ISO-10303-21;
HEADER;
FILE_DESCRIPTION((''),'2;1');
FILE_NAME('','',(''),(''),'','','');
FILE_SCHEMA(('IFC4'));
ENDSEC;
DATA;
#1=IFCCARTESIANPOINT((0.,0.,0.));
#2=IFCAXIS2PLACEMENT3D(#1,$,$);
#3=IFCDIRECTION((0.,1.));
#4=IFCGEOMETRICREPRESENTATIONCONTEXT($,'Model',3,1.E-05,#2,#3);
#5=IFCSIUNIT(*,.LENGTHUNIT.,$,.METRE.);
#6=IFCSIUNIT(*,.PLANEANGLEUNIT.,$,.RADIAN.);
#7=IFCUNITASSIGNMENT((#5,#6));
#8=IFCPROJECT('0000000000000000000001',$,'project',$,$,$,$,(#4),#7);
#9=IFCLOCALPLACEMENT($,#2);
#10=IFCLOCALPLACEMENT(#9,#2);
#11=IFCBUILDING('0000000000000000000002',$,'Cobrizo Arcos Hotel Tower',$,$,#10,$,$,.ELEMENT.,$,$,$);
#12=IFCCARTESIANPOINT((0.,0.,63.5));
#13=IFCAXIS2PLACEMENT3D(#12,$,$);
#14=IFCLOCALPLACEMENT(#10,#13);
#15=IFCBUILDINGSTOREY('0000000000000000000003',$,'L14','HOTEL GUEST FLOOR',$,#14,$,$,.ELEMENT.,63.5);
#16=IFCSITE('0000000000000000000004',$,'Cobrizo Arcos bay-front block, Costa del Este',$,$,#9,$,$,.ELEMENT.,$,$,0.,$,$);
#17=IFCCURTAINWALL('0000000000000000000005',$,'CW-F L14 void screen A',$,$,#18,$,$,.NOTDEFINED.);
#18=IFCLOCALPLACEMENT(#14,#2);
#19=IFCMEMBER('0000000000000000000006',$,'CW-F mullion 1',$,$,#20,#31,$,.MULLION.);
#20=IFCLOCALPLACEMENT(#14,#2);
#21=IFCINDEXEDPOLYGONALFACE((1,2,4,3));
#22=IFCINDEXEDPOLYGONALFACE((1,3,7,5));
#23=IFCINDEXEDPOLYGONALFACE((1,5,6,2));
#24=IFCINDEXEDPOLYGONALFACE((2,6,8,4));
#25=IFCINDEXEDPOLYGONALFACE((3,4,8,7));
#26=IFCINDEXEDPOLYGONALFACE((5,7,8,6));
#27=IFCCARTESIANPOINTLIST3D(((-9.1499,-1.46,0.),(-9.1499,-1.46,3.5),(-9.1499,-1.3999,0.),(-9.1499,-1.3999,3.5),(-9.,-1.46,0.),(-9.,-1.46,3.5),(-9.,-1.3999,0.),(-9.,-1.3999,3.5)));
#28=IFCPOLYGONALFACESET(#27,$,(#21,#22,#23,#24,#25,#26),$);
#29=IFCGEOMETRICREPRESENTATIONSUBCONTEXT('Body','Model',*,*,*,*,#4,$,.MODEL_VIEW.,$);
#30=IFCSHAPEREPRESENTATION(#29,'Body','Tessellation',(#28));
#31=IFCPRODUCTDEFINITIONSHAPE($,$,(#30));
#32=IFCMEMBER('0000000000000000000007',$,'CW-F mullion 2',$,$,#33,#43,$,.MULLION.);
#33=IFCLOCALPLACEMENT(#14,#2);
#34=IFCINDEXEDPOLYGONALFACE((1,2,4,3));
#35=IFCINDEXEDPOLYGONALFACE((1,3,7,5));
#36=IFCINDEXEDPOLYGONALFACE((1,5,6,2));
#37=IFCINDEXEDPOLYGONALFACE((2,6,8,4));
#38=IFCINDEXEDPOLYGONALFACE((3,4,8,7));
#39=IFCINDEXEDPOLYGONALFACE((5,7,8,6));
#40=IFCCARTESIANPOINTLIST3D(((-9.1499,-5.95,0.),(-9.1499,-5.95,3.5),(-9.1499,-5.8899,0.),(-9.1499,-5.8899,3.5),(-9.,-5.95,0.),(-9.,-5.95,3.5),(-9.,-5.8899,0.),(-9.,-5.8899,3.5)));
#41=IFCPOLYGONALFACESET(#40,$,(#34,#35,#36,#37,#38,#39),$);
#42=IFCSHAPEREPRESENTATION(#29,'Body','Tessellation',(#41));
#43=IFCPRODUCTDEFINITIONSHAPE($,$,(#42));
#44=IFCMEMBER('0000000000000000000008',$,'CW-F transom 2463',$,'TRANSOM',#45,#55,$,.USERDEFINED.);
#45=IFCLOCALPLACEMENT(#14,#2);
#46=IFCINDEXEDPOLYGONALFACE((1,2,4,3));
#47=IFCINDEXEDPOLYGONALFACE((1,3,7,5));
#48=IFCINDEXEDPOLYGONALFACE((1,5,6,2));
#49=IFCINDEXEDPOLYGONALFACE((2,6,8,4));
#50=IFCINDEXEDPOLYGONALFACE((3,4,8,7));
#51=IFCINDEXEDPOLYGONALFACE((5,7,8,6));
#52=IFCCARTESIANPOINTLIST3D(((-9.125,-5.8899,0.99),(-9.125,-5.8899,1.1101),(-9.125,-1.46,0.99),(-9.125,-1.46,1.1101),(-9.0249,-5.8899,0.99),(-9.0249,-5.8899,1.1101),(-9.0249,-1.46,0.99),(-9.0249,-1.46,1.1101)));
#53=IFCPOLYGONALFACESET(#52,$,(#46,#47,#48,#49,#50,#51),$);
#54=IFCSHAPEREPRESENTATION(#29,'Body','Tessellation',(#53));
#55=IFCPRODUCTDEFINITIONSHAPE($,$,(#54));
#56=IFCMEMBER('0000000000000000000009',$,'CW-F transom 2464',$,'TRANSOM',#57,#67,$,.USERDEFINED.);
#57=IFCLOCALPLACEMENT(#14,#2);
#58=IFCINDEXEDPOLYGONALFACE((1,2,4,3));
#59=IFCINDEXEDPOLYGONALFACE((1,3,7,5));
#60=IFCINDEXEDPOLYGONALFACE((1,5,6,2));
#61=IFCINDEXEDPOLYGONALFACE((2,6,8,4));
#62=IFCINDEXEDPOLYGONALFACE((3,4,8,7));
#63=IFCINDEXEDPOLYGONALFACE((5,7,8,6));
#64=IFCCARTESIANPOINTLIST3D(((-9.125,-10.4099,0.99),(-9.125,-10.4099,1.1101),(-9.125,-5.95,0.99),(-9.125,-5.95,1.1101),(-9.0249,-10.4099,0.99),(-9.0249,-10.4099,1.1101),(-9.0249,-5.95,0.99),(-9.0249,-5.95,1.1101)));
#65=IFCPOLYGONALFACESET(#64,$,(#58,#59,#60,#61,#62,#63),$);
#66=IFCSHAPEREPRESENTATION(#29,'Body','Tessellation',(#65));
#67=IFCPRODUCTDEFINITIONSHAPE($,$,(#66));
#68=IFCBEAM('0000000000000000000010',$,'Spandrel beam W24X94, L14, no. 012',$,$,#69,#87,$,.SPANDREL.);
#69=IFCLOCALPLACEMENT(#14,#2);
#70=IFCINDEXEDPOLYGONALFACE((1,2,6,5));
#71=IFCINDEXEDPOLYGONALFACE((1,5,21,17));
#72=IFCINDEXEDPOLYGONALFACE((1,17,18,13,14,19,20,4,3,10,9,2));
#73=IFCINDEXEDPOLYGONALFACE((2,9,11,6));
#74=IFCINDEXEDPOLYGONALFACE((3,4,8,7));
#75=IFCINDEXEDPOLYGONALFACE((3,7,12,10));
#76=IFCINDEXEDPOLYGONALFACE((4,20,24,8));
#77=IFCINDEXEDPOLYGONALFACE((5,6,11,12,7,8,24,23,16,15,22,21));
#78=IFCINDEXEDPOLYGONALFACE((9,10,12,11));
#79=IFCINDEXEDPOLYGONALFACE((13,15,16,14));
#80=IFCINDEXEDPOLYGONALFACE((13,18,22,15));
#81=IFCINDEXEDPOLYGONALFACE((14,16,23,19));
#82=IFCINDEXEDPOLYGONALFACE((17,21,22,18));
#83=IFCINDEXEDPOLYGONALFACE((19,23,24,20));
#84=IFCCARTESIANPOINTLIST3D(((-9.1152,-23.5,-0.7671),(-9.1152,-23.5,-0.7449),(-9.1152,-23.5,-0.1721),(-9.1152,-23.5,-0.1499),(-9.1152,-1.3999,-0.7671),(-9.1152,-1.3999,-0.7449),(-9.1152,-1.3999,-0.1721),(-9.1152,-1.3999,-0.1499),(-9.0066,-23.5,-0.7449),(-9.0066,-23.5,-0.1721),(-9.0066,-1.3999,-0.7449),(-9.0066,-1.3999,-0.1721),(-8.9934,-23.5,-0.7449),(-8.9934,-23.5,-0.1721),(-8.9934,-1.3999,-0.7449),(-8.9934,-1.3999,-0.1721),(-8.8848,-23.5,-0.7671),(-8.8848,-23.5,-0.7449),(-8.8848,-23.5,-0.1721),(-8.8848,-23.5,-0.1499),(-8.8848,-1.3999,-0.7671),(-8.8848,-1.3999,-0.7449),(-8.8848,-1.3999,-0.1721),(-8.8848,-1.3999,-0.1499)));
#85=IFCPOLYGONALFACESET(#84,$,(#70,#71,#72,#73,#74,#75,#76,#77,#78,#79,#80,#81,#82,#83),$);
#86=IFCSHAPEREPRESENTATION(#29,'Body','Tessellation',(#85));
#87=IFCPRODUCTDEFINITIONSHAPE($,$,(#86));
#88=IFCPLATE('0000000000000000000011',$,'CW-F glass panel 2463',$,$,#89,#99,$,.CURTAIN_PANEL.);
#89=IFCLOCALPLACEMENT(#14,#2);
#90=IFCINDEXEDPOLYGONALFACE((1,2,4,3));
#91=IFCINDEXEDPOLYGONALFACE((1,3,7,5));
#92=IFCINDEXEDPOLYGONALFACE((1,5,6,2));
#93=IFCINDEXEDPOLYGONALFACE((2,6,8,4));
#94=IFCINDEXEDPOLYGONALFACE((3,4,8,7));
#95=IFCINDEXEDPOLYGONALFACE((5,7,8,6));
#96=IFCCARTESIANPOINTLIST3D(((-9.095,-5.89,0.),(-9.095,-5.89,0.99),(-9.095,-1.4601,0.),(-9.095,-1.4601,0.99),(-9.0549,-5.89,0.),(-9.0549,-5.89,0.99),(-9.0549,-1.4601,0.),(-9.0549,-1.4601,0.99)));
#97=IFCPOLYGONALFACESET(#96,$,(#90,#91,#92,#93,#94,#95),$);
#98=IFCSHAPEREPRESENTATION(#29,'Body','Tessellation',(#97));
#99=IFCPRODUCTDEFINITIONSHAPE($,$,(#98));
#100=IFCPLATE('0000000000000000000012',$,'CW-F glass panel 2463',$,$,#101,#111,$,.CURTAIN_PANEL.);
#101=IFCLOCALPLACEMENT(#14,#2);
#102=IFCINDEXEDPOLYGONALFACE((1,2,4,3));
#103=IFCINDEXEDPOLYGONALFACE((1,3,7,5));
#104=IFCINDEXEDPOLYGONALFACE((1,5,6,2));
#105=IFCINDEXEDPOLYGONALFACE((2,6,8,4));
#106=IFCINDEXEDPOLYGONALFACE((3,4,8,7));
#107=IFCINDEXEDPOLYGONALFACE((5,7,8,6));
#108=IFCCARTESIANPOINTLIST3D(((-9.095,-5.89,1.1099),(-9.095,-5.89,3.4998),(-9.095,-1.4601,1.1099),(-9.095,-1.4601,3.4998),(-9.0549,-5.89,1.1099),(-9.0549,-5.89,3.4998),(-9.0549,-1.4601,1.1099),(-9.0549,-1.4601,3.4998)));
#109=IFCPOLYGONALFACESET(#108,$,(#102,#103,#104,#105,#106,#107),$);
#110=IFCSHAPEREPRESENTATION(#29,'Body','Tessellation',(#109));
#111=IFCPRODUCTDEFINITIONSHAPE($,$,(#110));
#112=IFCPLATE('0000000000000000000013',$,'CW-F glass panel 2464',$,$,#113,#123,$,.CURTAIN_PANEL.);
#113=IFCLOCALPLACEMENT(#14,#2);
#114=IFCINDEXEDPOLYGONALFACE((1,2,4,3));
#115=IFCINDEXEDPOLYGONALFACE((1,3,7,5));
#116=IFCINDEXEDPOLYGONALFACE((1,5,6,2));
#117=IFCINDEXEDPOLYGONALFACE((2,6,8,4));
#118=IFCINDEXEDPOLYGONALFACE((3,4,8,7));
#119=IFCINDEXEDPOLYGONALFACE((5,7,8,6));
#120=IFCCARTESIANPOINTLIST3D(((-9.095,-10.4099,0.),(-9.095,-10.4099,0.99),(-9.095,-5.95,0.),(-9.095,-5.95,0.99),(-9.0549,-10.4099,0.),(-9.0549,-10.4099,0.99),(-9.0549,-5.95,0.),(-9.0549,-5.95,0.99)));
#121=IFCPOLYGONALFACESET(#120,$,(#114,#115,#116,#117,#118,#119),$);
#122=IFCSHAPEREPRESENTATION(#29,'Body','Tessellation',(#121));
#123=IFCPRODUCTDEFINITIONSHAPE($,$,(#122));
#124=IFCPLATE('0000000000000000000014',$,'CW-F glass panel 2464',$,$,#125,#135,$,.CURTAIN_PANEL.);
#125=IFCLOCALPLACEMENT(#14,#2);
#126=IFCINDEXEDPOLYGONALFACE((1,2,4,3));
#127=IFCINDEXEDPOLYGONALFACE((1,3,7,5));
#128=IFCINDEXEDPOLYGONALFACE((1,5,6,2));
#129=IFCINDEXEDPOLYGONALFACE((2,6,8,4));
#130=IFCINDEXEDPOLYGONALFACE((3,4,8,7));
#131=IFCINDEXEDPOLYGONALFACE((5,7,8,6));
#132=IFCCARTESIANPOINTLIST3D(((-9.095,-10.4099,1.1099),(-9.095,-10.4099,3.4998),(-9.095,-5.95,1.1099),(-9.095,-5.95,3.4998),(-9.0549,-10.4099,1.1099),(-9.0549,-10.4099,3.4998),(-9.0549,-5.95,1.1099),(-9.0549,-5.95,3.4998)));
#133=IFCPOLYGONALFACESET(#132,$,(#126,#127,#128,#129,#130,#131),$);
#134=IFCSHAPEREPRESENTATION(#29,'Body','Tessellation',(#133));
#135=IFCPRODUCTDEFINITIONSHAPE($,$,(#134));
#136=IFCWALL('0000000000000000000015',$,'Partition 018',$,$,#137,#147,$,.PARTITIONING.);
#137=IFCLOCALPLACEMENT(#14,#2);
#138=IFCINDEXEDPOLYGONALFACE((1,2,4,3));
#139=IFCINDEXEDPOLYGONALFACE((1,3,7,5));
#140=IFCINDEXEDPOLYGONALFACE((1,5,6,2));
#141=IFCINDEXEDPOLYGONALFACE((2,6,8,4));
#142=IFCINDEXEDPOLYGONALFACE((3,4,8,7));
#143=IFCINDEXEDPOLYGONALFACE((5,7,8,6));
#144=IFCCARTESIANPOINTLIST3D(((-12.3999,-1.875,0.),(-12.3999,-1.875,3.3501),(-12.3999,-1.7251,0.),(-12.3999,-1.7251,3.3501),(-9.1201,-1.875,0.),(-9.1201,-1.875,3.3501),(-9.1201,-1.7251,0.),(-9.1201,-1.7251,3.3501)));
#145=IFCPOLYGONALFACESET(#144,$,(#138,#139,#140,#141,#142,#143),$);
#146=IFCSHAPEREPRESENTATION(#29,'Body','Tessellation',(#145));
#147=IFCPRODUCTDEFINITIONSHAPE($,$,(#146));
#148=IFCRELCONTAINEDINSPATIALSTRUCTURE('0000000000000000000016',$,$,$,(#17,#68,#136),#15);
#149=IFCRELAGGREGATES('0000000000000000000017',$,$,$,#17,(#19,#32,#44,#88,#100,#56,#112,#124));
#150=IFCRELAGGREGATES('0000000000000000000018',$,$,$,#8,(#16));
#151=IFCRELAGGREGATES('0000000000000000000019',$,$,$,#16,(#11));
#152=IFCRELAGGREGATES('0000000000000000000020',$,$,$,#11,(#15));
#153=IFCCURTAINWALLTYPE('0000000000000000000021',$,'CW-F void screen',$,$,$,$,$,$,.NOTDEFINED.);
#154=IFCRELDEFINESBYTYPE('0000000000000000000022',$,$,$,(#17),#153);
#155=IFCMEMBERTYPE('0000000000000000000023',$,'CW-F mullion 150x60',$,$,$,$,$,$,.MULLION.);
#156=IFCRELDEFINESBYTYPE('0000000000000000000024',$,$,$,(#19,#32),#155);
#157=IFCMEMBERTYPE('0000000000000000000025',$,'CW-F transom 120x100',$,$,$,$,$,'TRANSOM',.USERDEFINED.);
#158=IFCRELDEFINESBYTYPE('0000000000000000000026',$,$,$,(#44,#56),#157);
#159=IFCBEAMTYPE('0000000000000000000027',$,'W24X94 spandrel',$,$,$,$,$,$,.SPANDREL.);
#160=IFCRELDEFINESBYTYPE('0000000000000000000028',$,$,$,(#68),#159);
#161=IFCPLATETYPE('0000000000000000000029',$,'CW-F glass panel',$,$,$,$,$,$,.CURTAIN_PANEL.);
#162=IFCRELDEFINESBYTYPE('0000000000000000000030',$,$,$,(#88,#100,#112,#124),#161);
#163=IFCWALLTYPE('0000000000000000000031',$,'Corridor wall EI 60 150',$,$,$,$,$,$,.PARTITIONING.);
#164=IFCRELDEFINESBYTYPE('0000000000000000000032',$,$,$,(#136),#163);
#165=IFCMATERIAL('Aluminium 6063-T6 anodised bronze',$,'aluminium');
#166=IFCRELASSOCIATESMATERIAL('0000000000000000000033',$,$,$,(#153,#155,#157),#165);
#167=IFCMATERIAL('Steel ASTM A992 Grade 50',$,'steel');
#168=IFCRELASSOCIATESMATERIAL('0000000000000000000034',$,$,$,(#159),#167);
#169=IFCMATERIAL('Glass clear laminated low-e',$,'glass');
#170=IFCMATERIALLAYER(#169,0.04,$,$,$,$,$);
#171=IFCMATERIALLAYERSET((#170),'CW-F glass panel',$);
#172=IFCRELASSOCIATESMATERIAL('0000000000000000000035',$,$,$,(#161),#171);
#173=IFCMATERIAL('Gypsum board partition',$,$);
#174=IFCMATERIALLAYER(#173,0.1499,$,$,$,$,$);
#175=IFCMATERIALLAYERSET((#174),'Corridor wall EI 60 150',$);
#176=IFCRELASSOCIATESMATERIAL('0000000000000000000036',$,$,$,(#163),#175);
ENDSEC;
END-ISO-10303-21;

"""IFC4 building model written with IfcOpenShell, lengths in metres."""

from ifc_helpers import new_model, si_unit, direction, frame, frame_2d, origin, origin_2d, place, context, subcontext, project, spatial, rectangle, i_section, extrude, material, layer, layer_set, material_profile, profile_set, type_object, element, aggregate, save


model = new_model("IFC4")

# Units and contexts
model_context = context("Model", 3, precision=1e-05, world=origin(), true_north=direction((0.0, 1.0)))
body_context = subcontext(model_context, "Body", "Model", "MODEL_VIEW")
ifc_project = project(units=[si_unit("LENGTHUNIT", "METRE"), si_unit("PLANEANGLEUNIT", "RADIAN")], contexts=[model_context])

# Site, building, storey
site_placement = place(None, origin())
site = spatial("IfcSite", under=ifc_project, at=site_placement, Name="Cobrizo Arcos bay-front block, Costa del Este", CompositionType="ELEMENT", RefElevation=0.0)
building_placement = place(site_placement, origin())
building = spatial("IfcBuilding", under=site, at=building_placement, Name="Cobrizo Arcos Hotel Tower", CompositionType="ELEMENT")
storey_placement = place(building_placement, frame((0.0, 0.0, 63.5)))
storey = spatial("IfcBuildingStorey", under=building, at=storey_placement, Name="L14", Description="HOTEL GUEST FLOOR", CompositionType="ELEMENT", Elevation=63.5)

# Curtain wall, members
ifc_material_1 = material(Name="Aluminium 6063-T6 anodised bronze", Category="aluminium")
curtain_wall_type = type_object("IfcCurtainWallType", Name="CW-F void screen", PredefinedType="NOTDEFINED", material=ifc_material_1)
curtain_wall_placement = place(storey_placement, origin())
curtain_wall = element("IfcCurtainWall", 1, at=curtain_wall_placement, inside=storey, type_object=curtain_wall_type, Name="CW-F L14 void screen A", PredefinedType="NOTDEFINED")
ifc_material_profile_1 = material_profile(ifc_material_1, rectangle(XDim=0.1499, YDim=0.0601, at=origin_2d()), Name="CW-F mullion 150x60")
ifc_profile_set_1 = profile_set([ifc_material_profile_1], Name="Aluminium 6063-T6 anodised bronze")
member_type_1 = type_object("IfcMemberType", Name="CW-F mullion 150x60", PredefinedType="MULLION", material=ifc_profile_set_1)
member_1_placement = place(storey_placement, frame((-9.075, -1.4299, 0.0), z_axis=(0.0, 0.0, 1.0), x_axis=(-1.0, 0.0, 0.0)))
member_1 = element("IfcMember", 2, at=member_1_placement, type_object=member_type_1, Name="CW-F mullion 1", PredefinedType="MULLION", context=body_context, shape_type="SweptSolid", body=[
    extrude(rectangle(XDim=0.1499, YDim=0.0601, at=origin_2d()), origin(), (0.0, 0.0, 1.0), 3.5),
])
member_2_placement = place(storey_placement, frame((-9.075, -5.9199, 0.0), z_axis=(0.0, 0.0, 1.0), x_axis=(-1.0, 0.0, 0.0)))
member_2 = element("IfcMember", 3, at=member_2_placement, type_object=member_type_1, Name="CW-F mullion 2", PredefinedType="MULLION", context=body_context, shape_type="SweptSolid", body=[
    extrude(rectangle(XDim=0.1499, YDim=0.0601, at=origin_2d()), origin(), (0.0, 0.0, 1.0), 3.5),
])
ifc_material_profile_2 = material_profile(ifc_material_1, rectangle(XDim=0.1001, YDim=0.1201, at=origin_2d()), Name="CW-F transom 120x100")
ifc_profile_set_2 = profile_set([ifc_material_profile_2], Name="Aluminium 6063-T6 anodised bronze")
member_type_2 = type_object("IfcMemberType", Name="CW-F transom 120x100", ElementType="TRANSOM", PredefinedType="USERDEFINED", material=ifc_profile_set_2)
member_3_placement = place(storey_placement, frame((-9.075, -1.46, 1.05), z_axis=(0.0, -1.0, 0.0), x_axis=(1.0, 0.0, 0.0)))
member_3 = element("IfcMember", 4, at=member_3_placement, type_object=member_type_2, Name="CW-F transom 2463", ObjectType="TRANSOM", PredefinedType="USERDEFINED", context=body_context, shape_type="SweptSolid", body=[
    extrude(rectangle(XDim=0.1001, YDim=0.1201, at=origin_2d()), origin(), (0.0, 0.0, 1.0), 4.4299),
])
member_4_placement = place(storey_placement, frame((-9.075, -5.95, 1.05), z_axis=(0.0, -1.0, 0.0), x_axis=(1.0, 0.0, 0.0)))
member_4 = element("IfcMember", 5, at=member_4_placement, type_object=member_type_2, Name="CW-F transom 2464", ObjectType="TRANSOM", PredefinedType="USERDEFINED", context=body_context, shape_type="SweptSolid", body=[
    extrude(rectangle(XDim=0.1001, YDim=0.1201, at=origin_2d()), origin(), (0.0, 0.0, 1.0), 4.46),
])

# Beam
ifc_material_2 = material(Name="Steel ASTM A992 Grade 50", Category="steel")
ifc_material_profile_3 = material_profile(ifc_material_2, i_section(OverallWidth=0.2305, OverallDepth=0.6172, WebThickness=0.0132, FlangeThickness=0.0222, at=origin_2d()), Name="W24X94")
ifc_profile_set_3 = profile_set([ifc_material_profile_3], Name="Steel ASTM A992 Grade 50")
beam_type = type_object("IfcBeamType", Name="W24X94 spandrel", PredefinedType="SPANDREL", material=ifc_profile_set_3)
beam_placement = place(storey_placement, frame((-9.0, -1.3999, -0.4585), z_axis=(0.0, -1.0, 0.0), x_axis=(1.0, 0.0, 0.0)))
element("IfcBeam", 6, at=beam_placement, inside=storey, type_object=beam_type, Name="Spandrel beam W24X94, L14, no. 012", PredefinedType="SPANDREL", context=body_context, shape_type="SweptSolid", body=[
    extrude(i_section(OverallWidth=0.2305, OverallDepth=0.6172, WebThickness=0.0132, FlangeThickness=0.0222, at=origin_2d()), origin(), (0.0, 0.0, 1.0), 22.1001),
])

# Plates
ifc_material_3 = material(Name="Glass clear laminated low-e", Category="glass")
ifc_layer_1 = layer(ifc_material_3, 0.04)
ifc_layer_set_1 = layer_set([ifc_layer_1], Name="CW-F glass panel")
plate_type = type_object("IfcPlateType", Name="CW-F glass panel", PredefinedType="CURTAIN_PANEL", material=ifc_layer_set_1)
plate_1_placement = place(storey_placement, frame((-9.075, -3.675, 0.0), z_axis=(0.0, 0.0, 1.0), x_axis=(0.0, -1.0, 0.0)))
plate_1 = element("IfcPlate", 7, at=plate_1_placement, type_object=plate_type, Name="CW-F glass panel 2463", PredefinedType="CURTAIN_PANEL", context=body_context, shape_type="SweptSolid", body=[
    extrude(rectangle(XDim=4.4299, YDim=0.04, at=origin_2d()), origin(), (0.0, 0.0, 1.0), 0.99),
])
plate_2_placement = place(storey_placement, frame((-9.075, -3.675, 1.1099), z_axis=(0.0, 0.0, 1.0), x_axis=(0.0, -1.0, 0.0)))
plate_2 = element("IfcPlate", 8, at=plate_2_placement, type_object=plate_type, Name="CW-F glass panel 2463", PredefinedType="CURTAIN_PANEL", context=body_context, shape_type="SweptSolid", body=[
    extrude(rectangle(XDim=4.4299, YDim=0.04, at=origin_2d()), origin(), (0.0, 0.0, 1.0), 2.3899),
])
plate_3_placement = place(storey_placement, frame((-9.075, -8.1799, 0.0), z_axis=(0.0, 0.0, 1.0), x_axis=(0.0, -1.0, 0.0)))
plate_3 = element("IfcPlate", 9, at=plate_3_placement, type_object=plate_type, Name="CW-F glass panel 2464", PredefinedType="CURTAIN_PANEL", context=body_context, shape_type="SweptSolid", body=[
    extrude(rectangle(XDim=4.46, YDim=0.04, at=origin_2d()), origin(), (0.0, 0.0, 1.0), 0.99),
])
plate_4_placement = place(storey_placement, frame((-9.075, -8.1799, 1.1099), z_axis=(0.0, 0.0, 1.0), x_axis=(0.0, -1.0, 0.0)))
plate_4 = element("IfcPlate", 10, at=plate_4_placement, type_object=plate_type, Name="CW-F glass panel 2464", PredefinedType="CURTAIN_PANEL", context=body_context, shape_type="SweptSolid", body=[
    extrude(rectangle(XDim=4.46, YDim=0.04, at=origin_2d()), origin(), (0.0, 0.0, 1.0), 2.3899),
])
aggregate(curtain_wall, [member_1, member_2, member_3, plate_1, plate_2, member_4, plate_3, plate_4])

# Wall
ifc_material_4 = material(Name="Gypsum board partition")
ifc_layer_2 = layer(ifc_material_4, 0.1499)
ifc_layer_set_2 = layer_set([ifc_layer_2], Name="Corridor wall EI 60 150")
wall_type_1 = type_object("IfcWallType", Name="Corridor wall EI 60 150", PredefinedType="PARTITIONING", material=ifc_layer_set_2)
wall_1_placement = place(storey_placement, frame((-12.3999, -1.8, 0.0), z_axis=(0.0, 0.0, 1.0), x_axis=(1.0, 0.0, 0.0)))
element("IfcWall", 11, at=wall_1_placement, inside=storey, type_object=wall_type_1, Name="Partition 018", PredefinedType="PARTITIONING", context=body_context, shape_type="SweptSolid", body=[
    extrude(rectangle(XDim=3.2798, YDim=0.1499, at=frame_2d((1.6399, 0.0))), origin(), (0.0, 0.0, 1.0), 3.3501),
])

save(model, "model.ifc")
